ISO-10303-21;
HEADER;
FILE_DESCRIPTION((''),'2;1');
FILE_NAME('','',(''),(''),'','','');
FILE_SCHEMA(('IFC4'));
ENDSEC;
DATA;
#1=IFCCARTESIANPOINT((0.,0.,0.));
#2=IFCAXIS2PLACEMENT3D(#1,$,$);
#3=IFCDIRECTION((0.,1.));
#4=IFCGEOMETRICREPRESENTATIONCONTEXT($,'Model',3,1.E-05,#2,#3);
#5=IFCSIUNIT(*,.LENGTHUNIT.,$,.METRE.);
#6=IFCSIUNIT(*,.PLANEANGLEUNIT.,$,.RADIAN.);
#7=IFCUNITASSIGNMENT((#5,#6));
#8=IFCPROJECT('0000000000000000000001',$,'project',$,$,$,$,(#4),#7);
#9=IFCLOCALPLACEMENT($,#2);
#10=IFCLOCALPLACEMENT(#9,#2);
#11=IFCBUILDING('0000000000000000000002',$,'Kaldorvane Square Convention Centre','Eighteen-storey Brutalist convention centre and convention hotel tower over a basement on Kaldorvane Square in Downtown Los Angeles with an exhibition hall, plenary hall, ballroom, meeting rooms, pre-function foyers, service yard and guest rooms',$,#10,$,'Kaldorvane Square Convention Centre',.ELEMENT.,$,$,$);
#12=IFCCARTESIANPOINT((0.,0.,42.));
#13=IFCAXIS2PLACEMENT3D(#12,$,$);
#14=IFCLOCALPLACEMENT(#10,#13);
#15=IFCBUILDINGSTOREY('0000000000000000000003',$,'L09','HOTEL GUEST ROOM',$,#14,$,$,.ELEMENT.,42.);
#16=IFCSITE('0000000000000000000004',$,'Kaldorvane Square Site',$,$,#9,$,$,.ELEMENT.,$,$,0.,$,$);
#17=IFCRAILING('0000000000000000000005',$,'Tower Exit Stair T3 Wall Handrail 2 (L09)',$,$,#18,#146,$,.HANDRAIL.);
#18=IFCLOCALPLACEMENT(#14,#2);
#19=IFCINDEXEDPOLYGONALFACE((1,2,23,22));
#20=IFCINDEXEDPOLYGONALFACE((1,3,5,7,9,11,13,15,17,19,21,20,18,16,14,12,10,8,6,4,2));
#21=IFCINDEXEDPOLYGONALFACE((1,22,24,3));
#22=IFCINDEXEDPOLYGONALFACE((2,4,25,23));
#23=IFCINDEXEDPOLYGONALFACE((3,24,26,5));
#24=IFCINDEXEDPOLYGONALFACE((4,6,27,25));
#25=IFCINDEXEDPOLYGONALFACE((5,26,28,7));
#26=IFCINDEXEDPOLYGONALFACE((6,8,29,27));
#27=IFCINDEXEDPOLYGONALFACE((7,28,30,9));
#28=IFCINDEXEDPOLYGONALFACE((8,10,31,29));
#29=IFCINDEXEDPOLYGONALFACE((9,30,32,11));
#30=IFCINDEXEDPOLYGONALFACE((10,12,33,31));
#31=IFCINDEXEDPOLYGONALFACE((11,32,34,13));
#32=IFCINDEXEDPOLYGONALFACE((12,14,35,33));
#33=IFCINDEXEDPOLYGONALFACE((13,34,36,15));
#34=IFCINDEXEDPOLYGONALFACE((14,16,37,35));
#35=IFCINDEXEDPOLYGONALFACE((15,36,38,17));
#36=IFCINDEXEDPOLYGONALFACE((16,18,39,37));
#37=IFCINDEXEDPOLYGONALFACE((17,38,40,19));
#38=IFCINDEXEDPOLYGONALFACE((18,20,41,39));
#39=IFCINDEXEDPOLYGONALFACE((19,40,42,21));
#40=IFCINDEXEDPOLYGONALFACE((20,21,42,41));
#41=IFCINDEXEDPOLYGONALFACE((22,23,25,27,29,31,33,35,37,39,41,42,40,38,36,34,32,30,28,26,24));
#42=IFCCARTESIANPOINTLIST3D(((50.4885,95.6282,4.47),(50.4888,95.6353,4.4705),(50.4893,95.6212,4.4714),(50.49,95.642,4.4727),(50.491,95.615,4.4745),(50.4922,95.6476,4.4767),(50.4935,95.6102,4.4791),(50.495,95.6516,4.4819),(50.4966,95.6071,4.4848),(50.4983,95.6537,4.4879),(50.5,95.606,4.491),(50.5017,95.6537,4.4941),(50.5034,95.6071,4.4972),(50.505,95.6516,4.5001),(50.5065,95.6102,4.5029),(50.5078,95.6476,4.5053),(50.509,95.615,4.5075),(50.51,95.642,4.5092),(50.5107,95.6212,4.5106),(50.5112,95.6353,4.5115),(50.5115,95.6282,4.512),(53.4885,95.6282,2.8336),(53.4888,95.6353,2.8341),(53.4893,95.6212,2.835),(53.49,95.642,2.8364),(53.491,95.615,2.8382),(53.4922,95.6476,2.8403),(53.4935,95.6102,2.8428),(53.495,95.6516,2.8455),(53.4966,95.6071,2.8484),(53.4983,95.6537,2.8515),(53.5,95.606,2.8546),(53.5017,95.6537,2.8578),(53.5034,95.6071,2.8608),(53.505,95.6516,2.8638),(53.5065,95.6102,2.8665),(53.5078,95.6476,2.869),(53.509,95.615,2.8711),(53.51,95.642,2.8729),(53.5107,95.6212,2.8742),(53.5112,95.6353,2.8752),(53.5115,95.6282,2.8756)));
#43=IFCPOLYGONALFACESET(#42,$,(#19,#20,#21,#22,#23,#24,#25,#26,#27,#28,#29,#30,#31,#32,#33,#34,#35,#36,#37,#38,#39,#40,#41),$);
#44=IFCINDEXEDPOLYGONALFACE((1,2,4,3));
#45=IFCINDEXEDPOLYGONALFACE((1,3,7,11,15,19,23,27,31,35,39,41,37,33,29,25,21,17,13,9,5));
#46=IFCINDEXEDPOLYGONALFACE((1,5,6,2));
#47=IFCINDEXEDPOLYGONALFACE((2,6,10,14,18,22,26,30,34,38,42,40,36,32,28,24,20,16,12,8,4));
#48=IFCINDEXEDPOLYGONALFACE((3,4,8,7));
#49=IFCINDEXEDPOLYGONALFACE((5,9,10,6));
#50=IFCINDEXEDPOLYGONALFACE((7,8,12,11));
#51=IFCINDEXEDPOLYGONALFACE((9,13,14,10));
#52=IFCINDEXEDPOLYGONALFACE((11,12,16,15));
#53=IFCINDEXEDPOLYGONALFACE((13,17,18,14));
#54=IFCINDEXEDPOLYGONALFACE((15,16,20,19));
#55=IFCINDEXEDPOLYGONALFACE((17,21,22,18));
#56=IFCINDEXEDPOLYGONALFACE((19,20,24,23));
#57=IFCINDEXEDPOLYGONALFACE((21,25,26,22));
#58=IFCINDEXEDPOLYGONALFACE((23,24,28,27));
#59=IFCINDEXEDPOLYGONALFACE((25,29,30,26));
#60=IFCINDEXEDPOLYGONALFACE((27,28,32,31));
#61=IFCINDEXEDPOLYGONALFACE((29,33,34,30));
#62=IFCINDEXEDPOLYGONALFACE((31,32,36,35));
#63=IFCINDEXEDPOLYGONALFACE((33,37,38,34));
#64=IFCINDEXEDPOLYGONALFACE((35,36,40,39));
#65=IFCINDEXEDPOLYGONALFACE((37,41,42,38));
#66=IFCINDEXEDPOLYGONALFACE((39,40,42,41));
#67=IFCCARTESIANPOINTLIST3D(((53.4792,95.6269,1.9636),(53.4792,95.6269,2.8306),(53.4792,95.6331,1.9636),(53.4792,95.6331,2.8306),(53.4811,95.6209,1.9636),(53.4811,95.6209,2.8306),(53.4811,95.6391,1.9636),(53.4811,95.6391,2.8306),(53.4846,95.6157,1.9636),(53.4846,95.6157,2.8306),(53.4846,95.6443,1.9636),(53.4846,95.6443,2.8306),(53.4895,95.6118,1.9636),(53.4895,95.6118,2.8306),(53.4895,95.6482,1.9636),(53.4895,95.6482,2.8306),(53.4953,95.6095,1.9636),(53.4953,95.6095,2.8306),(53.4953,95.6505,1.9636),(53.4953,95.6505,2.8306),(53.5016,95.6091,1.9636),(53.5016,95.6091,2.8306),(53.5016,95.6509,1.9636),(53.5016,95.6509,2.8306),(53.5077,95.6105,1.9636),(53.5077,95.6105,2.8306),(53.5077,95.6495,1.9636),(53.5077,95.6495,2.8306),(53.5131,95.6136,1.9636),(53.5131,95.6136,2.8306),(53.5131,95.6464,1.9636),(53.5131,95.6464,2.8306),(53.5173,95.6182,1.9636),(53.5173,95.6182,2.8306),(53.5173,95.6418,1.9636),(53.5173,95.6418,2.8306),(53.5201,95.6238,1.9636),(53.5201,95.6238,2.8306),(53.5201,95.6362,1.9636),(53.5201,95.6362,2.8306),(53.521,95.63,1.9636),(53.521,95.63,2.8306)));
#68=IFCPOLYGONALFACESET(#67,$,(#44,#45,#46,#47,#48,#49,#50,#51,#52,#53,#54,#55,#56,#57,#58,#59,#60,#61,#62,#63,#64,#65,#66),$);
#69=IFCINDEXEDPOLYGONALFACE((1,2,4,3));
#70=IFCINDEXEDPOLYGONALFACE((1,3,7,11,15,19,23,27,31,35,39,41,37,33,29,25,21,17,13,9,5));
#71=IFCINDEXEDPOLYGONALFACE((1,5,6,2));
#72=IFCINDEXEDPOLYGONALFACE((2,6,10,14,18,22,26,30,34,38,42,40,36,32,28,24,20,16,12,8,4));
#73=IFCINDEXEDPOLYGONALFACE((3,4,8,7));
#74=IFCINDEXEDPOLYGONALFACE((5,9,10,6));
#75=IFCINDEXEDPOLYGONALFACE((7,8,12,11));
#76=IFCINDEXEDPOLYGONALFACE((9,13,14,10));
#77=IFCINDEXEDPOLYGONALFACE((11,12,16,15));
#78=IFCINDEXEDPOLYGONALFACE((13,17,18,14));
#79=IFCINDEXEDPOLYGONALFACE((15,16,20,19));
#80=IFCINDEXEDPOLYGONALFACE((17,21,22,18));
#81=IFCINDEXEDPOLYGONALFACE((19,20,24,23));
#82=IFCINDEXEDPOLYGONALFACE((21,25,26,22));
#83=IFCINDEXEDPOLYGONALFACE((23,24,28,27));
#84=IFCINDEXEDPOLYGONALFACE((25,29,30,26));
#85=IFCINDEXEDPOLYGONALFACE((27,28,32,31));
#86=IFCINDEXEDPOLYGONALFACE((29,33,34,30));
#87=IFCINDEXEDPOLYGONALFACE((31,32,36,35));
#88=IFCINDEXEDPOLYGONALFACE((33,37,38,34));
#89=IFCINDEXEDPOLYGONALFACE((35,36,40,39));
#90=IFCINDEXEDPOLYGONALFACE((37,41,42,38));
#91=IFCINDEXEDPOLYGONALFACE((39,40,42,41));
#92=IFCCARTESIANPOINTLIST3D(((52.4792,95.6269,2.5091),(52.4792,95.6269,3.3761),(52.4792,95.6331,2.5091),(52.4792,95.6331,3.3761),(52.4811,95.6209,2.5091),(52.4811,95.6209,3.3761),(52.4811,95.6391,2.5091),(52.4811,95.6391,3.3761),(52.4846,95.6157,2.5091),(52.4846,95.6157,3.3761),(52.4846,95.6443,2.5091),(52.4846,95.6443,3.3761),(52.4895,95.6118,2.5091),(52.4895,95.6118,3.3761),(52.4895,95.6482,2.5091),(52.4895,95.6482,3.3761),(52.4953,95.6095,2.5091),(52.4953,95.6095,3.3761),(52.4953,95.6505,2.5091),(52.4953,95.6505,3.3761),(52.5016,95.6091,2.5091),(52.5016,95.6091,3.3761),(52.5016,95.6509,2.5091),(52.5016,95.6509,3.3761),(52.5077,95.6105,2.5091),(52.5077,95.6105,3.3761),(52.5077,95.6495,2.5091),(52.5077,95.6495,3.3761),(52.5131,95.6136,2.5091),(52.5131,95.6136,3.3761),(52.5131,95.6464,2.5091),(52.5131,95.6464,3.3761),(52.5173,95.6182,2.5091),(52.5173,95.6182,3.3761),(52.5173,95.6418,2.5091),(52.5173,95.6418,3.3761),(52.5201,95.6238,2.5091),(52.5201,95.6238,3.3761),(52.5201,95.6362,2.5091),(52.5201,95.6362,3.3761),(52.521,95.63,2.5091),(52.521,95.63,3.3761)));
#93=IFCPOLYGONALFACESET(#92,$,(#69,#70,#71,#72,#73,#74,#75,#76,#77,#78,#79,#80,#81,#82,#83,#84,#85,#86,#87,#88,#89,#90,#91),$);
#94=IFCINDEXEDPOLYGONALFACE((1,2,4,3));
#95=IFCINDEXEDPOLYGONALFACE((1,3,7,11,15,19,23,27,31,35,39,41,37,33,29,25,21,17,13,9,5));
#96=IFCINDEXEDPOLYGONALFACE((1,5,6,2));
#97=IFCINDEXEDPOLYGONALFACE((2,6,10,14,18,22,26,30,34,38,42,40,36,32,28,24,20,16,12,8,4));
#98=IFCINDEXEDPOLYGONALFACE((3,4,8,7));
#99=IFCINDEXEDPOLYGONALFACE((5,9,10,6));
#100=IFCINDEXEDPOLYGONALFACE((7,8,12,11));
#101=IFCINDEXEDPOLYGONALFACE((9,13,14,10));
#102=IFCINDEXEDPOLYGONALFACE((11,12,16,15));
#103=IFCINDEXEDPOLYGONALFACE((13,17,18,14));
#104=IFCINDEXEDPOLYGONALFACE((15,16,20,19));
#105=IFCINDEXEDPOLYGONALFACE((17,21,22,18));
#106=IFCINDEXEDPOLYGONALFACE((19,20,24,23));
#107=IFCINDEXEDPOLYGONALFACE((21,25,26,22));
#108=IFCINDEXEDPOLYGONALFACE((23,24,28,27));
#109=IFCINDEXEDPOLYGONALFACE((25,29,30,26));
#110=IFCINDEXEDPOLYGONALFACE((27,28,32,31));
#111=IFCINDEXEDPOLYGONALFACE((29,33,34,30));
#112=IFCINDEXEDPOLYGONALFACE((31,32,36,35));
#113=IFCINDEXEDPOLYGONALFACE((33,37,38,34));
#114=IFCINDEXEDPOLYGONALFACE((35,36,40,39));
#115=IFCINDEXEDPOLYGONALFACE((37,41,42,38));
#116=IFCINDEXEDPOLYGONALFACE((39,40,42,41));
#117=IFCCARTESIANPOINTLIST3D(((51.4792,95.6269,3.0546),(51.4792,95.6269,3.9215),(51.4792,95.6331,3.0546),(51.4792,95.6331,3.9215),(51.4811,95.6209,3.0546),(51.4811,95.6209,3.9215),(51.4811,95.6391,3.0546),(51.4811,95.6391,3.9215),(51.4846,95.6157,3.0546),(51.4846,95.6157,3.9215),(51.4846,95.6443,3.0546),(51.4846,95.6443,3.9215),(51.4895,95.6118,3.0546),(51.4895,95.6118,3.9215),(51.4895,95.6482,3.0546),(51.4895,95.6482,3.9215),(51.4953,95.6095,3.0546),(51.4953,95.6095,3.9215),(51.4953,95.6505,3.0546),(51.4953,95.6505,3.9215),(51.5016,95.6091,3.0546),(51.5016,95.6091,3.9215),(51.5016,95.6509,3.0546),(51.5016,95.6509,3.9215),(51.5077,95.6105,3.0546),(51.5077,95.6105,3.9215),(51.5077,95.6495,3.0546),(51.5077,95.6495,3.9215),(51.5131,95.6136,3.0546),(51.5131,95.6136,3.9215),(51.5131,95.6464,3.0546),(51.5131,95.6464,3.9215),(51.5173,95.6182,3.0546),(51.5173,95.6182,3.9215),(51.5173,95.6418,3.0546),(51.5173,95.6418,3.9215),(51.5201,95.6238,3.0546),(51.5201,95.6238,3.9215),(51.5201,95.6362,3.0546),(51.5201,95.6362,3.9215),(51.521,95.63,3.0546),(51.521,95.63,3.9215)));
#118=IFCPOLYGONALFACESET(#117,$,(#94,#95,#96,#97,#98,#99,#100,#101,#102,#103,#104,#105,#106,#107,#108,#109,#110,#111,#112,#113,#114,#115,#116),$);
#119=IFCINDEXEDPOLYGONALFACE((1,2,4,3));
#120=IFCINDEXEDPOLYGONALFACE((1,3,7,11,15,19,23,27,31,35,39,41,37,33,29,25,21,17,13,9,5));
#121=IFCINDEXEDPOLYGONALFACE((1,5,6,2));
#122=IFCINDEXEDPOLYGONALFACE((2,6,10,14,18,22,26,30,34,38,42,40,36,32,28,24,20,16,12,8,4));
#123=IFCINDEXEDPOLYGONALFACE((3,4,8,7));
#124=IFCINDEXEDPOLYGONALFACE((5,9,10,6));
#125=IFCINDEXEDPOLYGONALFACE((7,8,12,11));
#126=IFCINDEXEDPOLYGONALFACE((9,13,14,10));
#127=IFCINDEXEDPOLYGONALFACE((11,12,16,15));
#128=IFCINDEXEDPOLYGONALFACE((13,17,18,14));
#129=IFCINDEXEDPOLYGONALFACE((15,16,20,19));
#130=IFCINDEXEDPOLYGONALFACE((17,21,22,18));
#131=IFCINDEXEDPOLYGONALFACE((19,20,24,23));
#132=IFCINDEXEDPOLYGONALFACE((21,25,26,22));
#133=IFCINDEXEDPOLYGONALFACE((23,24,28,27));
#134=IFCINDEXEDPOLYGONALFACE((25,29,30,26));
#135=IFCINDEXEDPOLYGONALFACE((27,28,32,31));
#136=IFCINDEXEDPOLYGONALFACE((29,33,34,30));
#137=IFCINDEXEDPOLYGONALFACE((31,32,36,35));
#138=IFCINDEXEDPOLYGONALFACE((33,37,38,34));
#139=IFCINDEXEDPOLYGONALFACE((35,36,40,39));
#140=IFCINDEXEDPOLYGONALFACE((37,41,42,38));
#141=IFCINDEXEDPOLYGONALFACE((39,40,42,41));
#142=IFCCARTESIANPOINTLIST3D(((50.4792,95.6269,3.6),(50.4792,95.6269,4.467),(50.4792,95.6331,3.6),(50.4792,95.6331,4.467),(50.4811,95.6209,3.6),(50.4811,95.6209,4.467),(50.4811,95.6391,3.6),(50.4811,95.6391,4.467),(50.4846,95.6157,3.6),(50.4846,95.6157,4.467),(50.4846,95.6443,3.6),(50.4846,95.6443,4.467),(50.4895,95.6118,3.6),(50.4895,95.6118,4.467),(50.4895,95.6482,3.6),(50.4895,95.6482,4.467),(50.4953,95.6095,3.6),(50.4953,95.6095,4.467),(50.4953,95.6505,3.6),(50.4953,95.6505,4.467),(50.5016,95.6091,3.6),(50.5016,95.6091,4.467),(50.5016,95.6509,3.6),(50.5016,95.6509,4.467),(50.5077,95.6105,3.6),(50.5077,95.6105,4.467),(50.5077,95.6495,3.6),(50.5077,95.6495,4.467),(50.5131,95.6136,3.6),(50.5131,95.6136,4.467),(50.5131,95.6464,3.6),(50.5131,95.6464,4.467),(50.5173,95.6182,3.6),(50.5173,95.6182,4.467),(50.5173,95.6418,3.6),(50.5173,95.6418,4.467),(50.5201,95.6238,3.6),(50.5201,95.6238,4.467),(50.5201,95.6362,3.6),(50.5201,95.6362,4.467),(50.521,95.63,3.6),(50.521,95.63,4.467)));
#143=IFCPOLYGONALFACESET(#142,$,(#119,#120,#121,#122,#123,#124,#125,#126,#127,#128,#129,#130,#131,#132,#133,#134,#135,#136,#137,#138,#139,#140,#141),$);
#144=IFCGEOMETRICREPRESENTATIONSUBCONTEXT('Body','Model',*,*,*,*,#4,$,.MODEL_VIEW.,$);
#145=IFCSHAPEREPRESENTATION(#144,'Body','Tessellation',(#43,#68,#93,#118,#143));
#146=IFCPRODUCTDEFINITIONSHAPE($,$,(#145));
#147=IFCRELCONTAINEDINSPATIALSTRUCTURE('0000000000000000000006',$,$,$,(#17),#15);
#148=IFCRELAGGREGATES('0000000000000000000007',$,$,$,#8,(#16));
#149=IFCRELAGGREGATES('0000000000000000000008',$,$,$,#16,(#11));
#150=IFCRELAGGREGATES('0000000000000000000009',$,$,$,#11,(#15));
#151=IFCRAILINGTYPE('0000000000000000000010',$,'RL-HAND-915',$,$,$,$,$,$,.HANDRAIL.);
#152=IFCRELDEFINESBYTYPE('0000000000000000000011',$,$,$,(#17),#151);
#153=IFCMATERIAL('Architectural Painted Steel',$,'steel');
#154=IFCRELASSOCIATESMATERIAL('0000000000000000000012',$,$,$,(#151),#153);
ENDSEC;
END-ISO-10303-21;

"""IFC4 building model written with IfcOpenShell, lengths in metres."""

from ifc_helpers import new_model, si_unit, direction, frame, origin, origin_2d, place, context, subcontext, project, spatial, circle, extrude, material, type_object, element, save


model = new_model("IFC4")

# Units and contexts
model_context = context("Model", 3, precision=1e-05, world=origin(), true_north=direction((0.0, 1.0)))
body_context = subcontext(model_context, "Body", "Model", "MODEL_VIEW")
ifc_project = project(units=[si_unit("LENGTHUNIT", "METRE"), si_unit("PLANEANGLEUNIT", "RADIAN")], contexts=[model_context])

# Site, building, storey
site_placement = place(None, origin())
site = spatial("IfcSite", under=ifc_project, at=site_placement, Name="Kaldorvane Square Site", CompositionType="ELEMENT", RefElevation=0.0)
building_placement = place(site_placement, origin())
building = spatial("IfcBuilding", under=site, at=building_placement, Name="Kaldorvane Square Convention Centre", Description="Eighteen-storey Brutalist convention centre and convention hotel tower over a basement on Kaldorvane Square in Downtown Los Angeles with an exhibition hall, plenary hall, ballroom, meeting rooms, pre-function foyers, service yard and guest rooms", LongName="Kaldorvane Square Convention Centre", CompositionType="ELEMENT")
storey_placement = place(building_placement, frame((0.0, 0.0, 42.0)))
storey = spatial("IfcBuildingStorey", under=building, at=storey_placement, Name="L09", Description="HOTEL GUEST ROOM", CompositionType="ELEMENT", Elevation=42.0)

# Railing
ifc_material_1 = material(Name="Architectural Painted Steel", Category="steel")
railing_type_1 = type_object("IfcRailingType", Name="RL-HAND-915", PredefinedType="HANDRAIL", material=ifc_material_1)
railing_1_placement = place(storey_placement, frame((53.5, 95.63, 1.9636)))
element("IfcRailing", 1, at=railing_1_placement, inside=storey, type_object=railing_type_1, Name="Tower Exit Stair T3 Wall Handrail 2 (L09)", PredefinedType="HANDRAIL", context=body_context, shape_type="SweptSolid", body=[
    extrude(circle(Radius=0.024, at=origin_2d()), frame((0.0, 0.0, 0.891), z_axis=(-0.877895, 0.0, 0.478853), x_axis=(0.0, -1.0, 0.0)), (0.0, 0.0, 1.0), 3.4173),
    extrude(circle(Radius=0.021, at=origin_2d()), origin(), (0.0, 0.0, 1.0), 0.867),
    extrude(circle(Radius=0.021, at=origin_2d()), frame((-1.0, 0.0, 0.5455)), (0.0, 0.0, 1.0), 0.867),
    extrude(circle(Radius=0.021, at=origin_2d()), frame((-2.0, 0.0, 1.0909)), (0.0, 0.0, 1.0), 0.867),
    extrude(circle(Radius=0.021, at=origin_2d()), frame((-3.0, 0.0, 1.6364)), (0.0, 0.0, 1.0), 0.867),
])

save(model, "model.ifc")
